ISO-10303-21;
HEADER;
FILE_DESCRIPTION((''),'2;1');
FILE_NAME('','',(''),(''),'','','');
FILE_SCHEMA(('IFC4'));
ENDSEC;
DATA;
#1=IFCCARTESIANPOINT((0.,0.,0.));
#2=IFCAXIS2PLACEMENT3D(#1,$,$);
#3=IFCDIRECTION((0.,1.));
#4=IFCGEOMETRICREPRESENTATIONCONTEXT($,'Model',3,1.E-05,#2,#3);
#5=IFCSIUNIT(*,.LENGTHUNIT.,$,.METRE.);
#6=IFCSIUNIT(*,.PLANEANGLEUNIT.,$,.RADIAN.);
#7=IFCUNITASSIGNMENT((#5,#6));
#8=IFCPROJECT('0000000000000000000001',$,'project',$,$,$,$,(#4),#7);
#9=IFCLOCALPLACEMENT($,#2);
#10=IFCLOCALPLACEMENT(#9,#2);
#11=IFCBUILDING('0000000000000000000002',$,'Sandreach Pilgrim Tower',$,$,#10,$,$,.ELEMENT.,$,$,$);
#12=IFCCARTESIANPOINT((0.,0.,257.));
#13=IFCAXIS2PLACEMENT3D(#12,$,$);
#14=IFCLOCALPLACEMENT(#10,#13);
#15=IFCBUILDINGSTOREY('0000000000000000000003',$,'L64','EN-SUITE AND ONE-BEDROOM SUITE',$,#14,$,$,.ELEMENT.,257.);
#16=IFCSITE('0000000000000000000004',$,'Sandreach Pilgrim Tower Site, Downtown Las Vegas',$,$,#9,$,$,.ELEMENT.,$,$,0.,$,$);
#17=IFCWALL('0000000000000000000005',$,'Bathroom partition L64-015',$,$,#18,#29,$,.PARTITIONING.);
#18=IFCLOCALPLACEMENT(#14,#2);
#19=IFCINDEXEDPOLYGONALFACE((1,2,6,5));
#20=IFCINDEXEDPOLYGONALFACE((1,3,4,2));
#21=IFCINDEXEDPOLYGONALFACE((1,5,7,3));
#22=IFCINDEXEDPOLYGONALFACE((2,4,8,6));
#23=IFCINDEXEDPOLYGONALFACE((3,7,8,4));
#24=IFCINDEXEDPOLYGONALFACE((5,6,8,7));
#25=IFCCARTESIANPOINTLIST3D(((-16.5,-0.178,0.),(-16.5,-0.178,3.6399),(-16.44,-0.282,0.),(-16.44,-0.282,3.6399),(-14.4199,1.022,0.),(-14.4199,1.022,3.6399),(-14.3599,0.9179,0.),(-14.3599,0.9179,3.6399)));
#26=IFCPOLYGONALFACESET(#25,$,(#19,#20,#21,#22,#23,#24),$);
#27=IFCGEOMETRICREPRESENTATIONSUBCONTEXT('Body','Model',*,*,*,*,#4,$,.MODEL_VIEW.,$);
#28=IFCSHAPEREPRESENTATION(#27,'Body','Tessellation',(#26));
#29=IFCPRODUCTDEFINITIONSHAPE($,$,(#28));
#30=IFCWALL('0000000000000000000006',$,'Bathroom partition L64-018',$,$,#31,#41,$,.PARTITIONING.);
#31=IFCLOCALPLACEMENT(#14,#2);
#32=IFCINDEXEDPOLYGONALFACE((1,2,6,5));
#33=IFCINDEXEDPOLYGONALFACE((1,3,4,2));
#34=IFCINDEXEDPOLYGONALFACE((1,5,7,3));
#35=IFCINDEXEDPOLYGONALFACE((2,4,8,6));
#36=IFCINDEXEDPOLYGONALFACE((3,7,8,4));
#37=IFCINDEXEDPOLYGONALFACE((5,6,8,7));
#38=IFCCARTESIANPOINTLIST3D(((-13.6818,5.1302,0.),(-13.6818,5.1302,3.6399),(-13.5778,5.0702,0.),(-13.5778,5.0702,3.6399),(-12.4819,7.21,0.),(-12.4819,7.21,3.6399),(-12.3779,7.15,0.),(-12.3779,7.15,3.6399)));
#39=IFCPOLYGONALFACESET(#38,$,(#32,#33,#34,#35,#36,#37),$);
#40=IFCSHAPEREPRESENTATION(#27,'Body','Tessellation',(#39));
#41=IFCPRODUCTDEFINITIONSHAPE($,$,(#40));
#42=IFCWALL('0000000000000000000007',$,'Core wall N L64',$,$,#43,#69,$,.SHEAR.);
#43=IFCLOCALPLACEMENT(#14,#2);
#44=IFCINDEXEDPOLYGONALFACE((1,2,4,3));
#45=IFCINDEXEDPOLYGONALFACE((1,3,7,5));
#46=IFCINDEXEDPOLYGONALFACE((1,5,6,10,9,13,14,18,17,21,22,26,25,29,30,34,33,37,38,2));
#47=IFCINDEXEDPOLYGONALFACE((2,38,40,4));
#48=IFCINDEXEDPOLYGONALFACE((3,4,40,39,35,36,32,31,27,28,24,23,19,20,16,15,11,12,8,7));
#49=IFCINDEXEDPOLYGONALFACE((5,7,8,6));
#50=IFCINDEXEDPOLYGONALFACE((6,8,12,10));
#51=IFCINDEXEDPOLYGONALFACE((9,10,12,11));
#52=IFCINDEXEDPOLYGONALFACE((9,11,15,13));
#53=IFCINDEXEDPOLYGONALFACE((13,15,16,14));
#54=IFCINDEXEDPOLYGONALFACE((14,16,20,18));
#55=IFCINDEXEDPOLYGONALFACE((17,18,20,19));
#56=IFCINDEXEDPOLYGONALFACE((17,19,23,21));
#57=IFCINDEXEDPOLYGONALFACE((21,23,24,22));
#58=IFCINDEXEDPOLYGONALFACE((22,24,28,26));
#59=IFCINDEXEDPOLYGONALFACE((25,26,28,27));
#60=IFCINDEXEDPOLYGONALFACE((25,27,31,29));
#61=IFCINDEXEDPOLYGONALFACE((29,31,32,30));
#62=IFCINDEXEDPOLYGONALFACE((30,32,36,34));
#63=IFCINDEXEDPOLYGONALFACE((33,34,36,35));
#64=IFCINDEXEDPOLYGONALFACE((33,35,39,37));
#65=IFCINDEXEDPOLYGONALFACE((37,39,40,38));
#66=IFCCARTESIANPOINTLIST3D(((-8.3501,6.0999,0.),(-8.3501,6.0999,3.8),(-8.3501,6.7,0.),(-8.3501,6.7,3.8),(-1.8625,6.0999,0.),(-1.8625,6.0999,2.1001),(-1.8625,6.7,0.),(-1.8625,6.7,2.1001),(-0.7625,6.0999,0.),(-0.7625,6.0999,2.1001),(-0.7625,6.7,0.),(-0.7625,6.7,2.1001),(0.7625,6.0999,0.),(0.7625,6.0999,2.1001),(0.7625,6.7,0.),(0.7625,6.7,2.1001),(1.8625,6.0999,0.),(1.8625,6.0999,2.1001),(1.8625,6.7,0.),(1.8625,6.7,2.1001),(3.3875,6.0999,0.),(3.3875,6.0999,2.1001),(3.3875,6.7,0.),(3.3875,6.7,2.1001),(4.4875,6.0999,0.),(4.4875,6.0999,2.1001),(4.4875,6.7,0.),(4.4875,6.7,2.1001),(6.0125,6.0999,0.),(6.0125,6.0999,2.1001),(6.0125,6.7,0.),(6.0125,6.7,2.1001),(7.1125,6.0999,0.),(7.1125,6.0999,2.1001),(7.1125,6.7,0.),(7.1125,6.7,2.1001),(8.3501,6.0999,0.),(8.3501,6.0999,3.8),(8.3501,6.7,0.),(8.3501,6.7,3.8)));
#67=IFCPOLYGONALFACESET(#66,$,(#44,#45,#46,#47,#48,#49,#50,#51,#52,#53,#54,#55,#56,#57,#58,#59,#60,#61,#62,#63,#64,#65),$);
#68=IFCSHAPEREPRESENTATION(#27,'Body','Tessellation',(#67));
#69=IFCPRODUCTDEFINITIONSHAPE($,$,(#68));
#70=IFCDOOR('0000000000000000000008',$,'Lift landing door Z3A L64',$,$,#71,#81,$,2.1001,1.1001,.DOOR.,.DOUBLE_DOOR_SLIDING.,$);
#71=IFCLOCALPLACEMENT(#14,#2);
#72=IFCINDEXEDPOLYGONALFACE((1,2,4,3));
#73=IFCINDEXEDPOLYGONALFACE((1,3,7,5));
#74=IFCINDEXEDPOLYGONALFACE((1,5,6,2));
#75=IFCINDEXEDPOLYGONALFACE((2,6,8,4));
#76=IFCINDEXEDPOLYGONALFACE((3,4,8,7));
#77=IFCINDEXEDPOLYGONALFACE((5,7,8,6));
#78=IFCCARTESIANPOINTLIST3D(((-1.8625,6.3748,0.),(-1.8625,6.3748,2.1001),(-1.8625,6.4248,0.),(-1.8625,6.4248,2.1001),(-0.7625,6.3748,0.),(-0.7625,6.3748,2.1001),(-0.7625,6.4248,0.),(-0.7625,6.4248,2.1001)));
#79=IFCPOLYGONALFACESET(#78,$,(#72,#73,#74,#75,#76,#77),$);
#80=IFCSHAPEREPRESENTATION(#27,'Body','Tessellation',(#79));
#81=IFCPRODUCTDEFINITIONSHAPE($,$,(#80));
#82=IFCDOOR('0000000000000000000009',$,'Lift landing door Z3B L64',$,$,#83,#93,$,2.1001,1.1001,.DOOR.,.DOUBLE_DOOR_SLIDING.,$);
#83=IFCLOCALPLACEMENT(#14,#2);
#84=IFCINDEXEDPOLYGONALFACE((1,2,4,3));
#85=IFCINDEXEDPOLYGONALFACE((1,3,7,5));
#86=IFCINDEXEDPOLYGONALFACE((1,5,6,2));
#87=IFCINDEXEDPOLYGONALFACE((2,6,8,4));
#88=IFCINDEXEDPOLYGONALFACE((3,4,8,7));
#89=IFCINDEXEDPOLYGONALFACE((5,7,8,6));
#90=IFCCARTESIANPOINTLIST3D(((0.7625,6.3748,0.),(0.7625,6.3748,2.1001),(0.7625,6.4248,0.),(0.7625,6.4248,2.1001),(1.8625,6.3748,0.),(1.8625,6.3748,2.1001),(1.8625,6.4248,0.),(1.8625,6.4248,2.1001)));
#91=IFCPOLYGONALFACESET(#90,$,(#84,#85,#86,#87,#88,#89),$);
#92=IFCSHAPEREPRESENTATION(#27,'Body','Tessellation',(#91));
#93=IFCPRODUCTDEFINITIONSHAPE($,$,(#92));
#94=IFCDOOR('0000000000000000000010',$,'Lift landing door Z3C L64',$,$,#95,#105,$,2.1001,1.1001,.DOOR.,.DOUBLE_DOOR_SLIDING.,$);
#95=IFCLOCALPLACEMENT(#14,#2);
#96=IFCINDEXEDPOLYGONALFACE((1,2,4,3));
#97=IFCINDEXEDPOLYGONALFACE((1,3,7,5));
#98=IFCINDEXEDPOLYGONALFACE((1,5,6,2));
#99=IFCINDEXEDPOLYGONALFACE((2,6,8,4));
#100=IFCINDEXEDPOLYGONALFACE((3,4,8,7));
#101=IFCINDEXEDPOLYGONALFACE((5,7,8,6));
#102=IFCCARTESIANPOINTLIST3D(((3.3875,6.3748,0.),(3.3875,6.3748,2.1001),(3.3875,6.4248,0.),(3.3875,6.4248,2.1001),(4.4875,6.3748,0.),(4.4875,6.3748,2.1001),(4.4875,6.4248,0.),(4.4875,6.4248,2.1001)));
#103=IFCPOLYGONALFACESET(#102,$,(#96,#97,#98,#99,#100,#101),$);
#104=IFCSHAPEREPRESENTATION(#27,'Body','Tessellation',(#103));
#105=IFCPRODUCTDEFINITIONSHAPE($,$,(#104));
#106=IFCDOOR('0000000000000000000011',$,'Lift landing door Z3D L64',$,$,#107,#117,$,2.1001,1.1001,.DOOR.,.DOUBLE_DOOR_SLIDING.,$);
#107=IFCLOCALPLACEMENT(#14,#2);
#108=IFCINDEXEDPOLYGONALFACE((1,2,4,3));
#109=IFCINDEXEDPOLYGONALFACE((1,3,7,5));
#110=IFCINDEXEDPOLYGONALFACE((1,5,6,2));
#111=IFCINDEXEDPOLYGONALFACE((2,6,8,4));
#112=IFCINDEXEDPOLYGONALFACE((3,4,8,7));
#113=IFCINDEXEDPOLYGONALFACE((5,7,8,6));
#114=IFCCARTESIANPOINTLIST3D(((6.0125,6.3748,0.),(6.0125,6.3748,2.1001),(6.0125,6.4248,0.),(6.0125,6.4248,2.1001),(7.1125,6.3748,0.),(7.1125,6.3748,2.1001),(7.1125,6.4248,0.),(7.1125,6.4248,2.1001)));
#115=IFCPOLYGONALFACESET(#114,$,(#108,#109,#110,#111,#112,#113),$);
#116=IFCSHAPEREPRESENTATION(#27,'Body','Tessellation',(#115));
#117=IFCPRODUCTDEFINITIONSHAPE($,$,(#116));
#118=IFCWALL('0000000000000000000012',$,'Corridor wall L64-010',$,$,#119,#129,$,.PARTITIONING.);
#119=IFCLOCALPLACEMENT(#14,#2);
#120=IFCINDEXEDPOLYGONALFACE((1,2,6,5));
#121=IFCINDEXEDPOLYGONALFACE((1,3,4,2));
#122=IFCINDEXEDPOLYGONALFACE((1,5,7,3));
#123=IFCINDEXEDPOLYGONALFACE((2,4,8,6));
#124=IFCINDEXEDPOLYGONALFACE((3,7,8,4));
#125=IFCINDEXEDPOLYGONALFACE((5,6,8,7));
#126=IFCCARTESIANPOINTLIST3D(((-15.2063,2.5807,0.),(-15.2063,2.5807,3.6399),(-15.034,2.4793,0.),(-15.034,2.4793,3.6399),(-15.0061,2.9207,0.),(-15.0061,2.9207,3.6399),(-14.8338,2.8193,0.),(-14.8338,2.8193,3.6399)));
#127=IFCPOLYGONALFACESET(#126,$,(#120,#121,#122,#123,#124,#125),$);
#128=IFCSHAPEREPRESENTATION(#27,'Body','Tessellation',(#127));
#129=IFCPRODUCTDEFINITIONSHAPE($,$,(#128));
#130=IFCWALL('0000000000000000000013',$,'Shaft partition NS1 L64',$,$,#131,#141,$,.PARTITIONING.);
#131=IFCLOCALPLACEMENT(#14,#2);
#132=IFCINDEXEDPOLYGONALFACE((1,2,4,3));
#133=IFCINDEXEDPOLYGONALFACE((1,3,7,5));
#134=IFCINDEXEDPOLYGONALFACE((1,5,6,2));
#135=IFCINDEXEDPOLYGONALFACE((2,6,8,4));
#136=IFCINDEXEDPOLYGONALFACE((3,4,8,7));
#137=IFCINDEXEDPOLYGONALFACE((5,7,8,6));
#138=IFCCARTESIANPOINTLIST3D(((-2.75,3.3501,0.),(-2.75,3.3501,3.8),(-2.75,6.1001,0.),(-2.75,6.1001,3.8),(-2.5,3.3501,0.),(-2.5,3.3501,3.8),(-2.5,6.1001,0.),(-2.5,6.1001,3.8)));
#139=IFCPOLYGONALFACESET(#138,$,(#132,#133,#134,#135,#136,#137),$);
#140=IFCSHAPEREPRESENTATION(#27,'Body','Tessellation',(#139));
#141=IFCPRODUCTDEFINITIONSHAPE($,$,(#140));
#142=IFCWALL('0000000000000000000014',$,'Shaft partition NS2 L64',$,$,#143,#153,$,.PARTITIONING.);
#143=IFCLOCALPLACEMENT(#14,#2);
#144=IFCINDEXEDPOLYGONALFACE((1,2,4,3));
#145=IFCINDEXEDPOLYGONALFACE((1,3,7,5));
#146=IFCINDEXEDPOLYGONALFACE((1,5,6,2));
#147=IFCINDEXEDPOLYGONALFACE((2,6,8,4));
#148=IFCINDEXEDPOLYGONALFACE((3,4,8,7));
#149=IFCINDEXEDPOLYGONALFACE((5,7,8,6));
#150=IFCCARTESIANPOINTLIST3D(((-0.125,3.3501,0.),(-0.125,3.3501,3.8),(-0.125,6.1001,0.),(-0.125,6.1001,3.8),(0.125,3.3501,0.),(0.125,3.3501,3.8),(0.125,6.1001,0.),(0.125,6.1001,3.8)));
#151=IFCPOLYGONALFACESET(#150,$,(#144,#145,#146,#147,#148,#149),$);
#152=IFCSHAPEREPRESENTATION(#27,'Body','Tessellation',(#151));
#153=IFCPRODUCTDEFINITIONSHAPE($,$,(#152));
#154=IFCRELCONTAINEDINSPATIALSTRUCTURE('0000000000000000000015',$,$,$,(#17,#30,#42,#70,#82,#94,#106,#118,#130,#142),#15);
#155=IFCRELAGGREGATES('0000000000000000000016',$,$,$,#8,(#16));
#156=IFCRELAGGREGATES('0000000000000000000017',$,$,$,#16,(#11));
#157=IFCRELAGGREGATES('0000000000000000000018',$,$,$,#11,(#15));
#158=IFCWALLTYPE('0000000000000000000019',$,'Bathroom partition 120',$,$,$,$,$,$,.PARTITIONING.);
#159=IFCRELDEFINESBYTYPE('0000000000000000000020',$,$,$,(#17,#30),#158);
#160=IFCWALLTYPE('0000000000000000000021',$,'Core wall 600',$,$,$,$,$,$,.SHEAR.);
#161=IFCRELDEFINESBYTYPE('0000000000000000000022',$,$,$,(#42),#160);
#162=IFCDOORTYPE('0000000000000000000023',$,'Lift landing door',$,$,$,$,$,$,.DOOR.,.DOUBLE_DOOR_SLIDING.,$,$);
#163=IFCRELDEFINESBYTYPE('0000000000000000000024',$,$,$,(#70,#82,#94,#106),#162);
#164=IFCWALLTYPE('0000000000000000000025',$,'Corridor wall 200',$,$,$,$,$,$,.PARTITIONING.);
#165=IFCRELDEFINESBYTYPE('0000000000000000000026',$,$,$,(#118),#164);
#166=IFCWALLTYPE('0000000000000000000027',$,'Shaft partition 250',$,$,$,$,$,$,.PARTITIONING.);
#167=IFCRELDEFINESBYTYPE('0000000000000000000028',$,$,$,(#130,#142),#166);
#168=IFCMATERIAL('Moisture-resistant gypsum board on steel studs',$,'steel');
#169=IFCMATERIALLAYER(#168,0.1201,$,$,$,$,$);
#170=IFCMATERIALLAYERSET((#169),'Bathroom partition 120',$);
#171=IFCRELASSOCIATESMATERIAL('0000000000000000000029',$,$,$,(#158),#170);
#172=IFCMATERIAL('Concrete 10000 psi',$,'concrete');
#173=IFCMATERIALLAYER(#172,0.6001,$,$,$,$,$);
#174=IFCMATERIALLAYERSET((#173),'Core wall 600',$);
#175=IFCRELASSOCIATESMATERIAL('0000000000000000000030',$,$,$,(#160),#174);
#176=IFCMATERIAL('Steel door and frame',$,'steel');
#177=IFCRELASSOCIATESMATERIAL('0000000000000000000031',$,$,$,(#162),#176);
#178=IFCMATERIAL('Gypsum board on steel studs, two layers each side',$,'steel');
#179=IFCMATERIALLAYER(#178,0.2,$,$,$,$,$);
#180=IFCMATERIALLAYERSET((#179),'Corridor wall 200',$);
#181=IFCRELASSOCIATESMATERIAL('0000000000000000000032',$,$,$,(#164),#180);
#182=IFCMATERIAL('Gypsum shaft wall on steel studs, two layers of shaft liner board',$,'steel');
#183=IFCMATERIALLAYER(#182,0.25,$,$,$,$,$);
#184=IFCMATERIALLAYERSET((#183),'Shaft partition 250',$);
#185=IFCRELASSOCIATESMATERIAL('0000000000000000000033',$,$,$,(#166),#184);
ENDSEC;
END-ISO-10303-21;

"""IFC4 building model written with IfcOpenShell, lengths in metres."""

from ifc_helpers import new_model, si_unit, direction, frame, frame_2d, origin, place, context, subcontext, project, spatial, rectangle, extrude, material, layer, layer_set, type_object, element, fill, save


model = new_model("IFC4")

# Units and contexts
model_context = context("Model", 3, precision=1e-05, world=origin(), true_north=direction((0.0, 1.0)))
body_context = subcontext(model_context, "Body", "Model", "MODEL_VIEW")
ifc_project = project(units=[si_unit("LENGTHUNIT", "METRE"), si_unit("PLANEANGLEUNIT", "RADIAN")], contexts=[model_context])

# Site, building, storey
site_placement = place(None, origin())
site = spatial("IfcSite", under=ifc_project, at=site_placement, Name="Sandreach Pilgrim Tower Site, Downtown Las Vegas", CompositionType="ELEMENT", RefElevation=0.0)
building_placement = place(site_placement, origin())
building = spatial("IfcBuilding", under=site, at=building_placement, Name="Sandreach Pilgrim Tower", CompositionType="ELEMENT")
storey_placement = place(building_placement, frame((0.0, 0.0, 257.0)))
storey = spatial("IfcBuildingStorey", under=building, at=storey_placement, Name="L64", Description="EN-SUITE AND ONE-BEDROOM SUITE", CompositionType="ELEMENT", Elevation=257.0)

# Walls
ifc_material_1 = material(Name="Moisture-resistant gypsum board on steel studs", Category="steel")
ifc_layer_1 = layer(ifc_material_1, 0.1201)
ifc_layer_set_1 = layer_set([ifc_layer_1], Name="Bathroom partition 120")
wall_type_1 = type_object("IfcWallType", Name="Bathroom partition 120", PredefinedType="PARTITIONING", material=ifc_layer_set_1)
wall_1_placement = place(storey_placement, frame((-14.3899, 0.97, 0.0), z_axis=(0.0, 0.0, 1.0), x_axis=(-0.866203, -0.499693, 0.0)))
element("IfcWall", 1, at=wall_1_placement, inside=storey, type_object=wall_type_1, Name="Bathroom partition L64-015", PredefinedType="PARTITIONING", context=body_context, shape_type="SweptSolid", body=[
    extrude(rectangle(XDim=2.4014, YDim=0.1201, at=frame_2d((1.2007, 0.0))), origin(), (0.0, 0.0, 1.0), 3.6399),
])
wall_2_placement = place(storey_placement, frame((-13.6299, 5.1001, 0.0), z_axis=(0.0, 0.0, 1.0), x_axis=(0.499737, 0.866177, 0.0)))
element("IfcWall", 2, at=wall_2_placement, inside=storey, type_object=wall_type_1, Name="Bathroom partition L64-018", PredefinedType="PARTITIONING", context=body_context, shape_type="SweptSolid", body=[
    extrude(rectangle(XDim=2.4011, YDim=0.1201, at=frame_2d((1.2007, 0.0))), origin(), (0.0, 0.0, 1.0), 3.6399),
])

# Wall, openings, doors
ifc_material_2 = material(Name="Concrete 10000 psi", Category="concrete")
ifc_layer_2 = layer(ifc_material_2, 0.6001)
ifc_layer_set_2 = layer_set([ifc_layer_2], Name="Core wall 600")
wall_type_2 = type_object("IfcWallType", Name="Core wall 600", PredefinedType="SHEAR", material=ifc_layer_set_2)
wall_3_placement = place(storey_placement, frame((-8.3501, 6.3999, 0.0), z_axis=(0.0, 0.0, 1.0), x_axis=(1.0, 0.0, 0.0)))
wall_3 = element("IfcWall", 3, at=wall_3_placement, inside=storey, type_object=wall_type_2, Name="Core wall N L64", PredefinedType="SHEAR", context=body_context, shape_type="SweptSolid", body=[
    extrude(rectangle(XDim=16.7002, YDim=0.6001, at=frame_2d((8.3501, 0.0))), origin(), (0.0, 0.0, 1.0), 3.8),
])
opening_1_placement = place(wall_3_placement, frame((6.4875, 0.0, 0.0)))
opening_1 = element("IfcOpeningElement", 4, at=opening_1_placement, cuts=wall_3, PredefinedType="OPENING", context=body_context, shape_type="SweptSolid", body=[
    extrude(rectangle(XDim=1.1001, YDim=2.1001, at=frame_2d((0.55, 1.05))), frame((0.0, 0.3, 0.0), z_axis=(0.0, -1.0, 0.0), x_axis=(1.0, 0.0, 0.0)), (0.0, 0.0, 1.0), 0.6001),
])
opening_2_placement = place(wall_3_placement, frame((9.1125, 0.0, 0.0)))
opening_2 = element("IfcOpeningElement", 5, at=opening_2_placement, cuts=wall_3, PredefinedType="OPENING", context=body_context, shape_type="SweptSolid", body=[
    extrude(rectangle(XDim=1.1001, YDim=2.1001, at=frame_2d((0.55, 1.05))), frame((0.0, 0.3, 0.0), z_axis=(0.0, -1.0, 0.0), x_axis=(1.0, 0.0, 0.0)), (0.0, 0.0, 1.0), 0.6001),
])
opening_3_placement = place(wall_3_placement, frame((11.7375, 0.0, 0.0)))
opening_3 = element("IfcOpeningElement", 6, at=opening_3_placement, cuts=wall_3, PredefinedType="OPENING", context=body_context, shape_type="SweptSolid", body=[
    extrude(rectangle(XDim=1.1001, YDim=2.1001, at=frame_2d((0.55, 1.05))), frame((0.0, 0.3, 0.0), z_axis=(0.0, -1.0, 0.0), x_axis=(1.0, 0.0, 0.0)), (0.0, 0.0, 1.0), 0.6001),
])
opening_4_placement = place(wall_3_placement, frame((14.3625, 0.0, 0.0)))
opening_4 = element("IfcOpeningElement", 7, at=opening_4_placement, cuts=wall_3, PredefinedType="OPENING", context=body_context, shape_type="SweptSolid", body=[
    extrude(rectangle(XDim=1.1001, YDim=2.1001, at=frame_2d((0.55, 1.05))), frame((0.0, 0.3, 0.0), z_axis=(0.0, -1.0, 0.0), x_axis=(1.0, 0.0, 0.0)), (0.0, 0.0, 1.0), 0.6001),
])
ifc_material_3 = material(Name="Steel door and frame", Category="steel")
door_type_1 = type_object("IfcDoorType", Name="Lift landing door", OperationType="DOUBLE_DOOR_SLIDING", PredefinedType="DOOR", material=ifc_material_3)
door_1_placement = place(opening_1_placement, origin())
door_1 = element("IfcDoor", 8, at=door_1_placement, inside=storey, type_object=door_type_1, Name="Lift landing door Z3A L64", OperationType="DOUBLE_DOOR_SLIDING", OverallHeight=2.1001, OverallWidth=1.1001, PredefinedType="DOOR", context=body_context, shape_type="SweptSolid", body=[
    extrude(rectangle(XDim=1.1001, YDim=2.1001, at=frame_2d((0.55, 1.05))), frame((0.0, 0.0249, 0.0), z_axis=(0.0, -1.0, 0.0), x_axis=(1.0, 0.0, 0.0)), (0.0, 0.0, 1.0), 0.05),
])
fill(opening_1, door_1)
door_2_placement = place(opening_2_placement, origin())
door_2 = element("IfcDoor", 9, at=door_2_placement, inside=storey, type_object=door_type_1, Name="Lift landing door Z3B L64", OperationType="DOUBLE_DOOR_SLIDING", OverallHeight=2.1001, OverallWidth=1.1001, PredefinedType="DOOR", context=body_context, shape_type="SweptSolid", body=[
    extrude(rectangle(XDim=1.1001, YDim=2.1001, at=frame_2d((0.55, 1.05))), frame((0.0, 0.0249, 0.0), z_axis=(0.0, -1.0, 0.0), x_axis=(1.0, 0.0, 0.0)), (0.0, 0.0, 1.0), 0.05),
])
fill(opening_2, door_2)
door_3_placement = place(opening_3_placement, origin())
door_3 = element("IfcDoor", 10, at=door_3_placement, inside=storey, type_object=door_type_1, Name="Lift landing door Z3C L64", OperationType="DOUBLE_DOOR_SLIDING", OverallHeight=2.1001, OverallWidth=1.1001, PredefinedType="DOOR", context=body_context, shape_type="SweptSolid", body=[
    extrude(rectangle(XDim=1.1001, YDim=2.1001, at=frame_2d((0.55, 1.05))), frame((0.0, 0.0249, 0.0), z_axis=(0.0, -1.0, 0.0), x_axis=(1.0, 0.0, 0.0)), (0.0, 0.0, 1.0), 0.05),
])
fill(opening_3, door_3)
door_4_placement = place(opening_4_placement, origin())
door_4 = element("IfcDoor", 11, at=door_4_placement, inside=storey, type_object=door_type_1, Name="Lift landing door Z3D L64", OperationType="DOUBLE_DOOR_SLIDING", OverallHeight=2.1001, OverallWidth=1.1001, PredefinedType="DOOR", context=body_context, shape_type="SweptSolid", body=[
    extrude(rectangle(XDim=1.1001, YDim=2.1001, at=frame_2d((0.55, 1.05))), frame((0.0, 0.0249, 0.0), z_axis=(0.0, -1.0, 0.0), x_axis=(1.0, 0.0, 0.0)), (0.0, 0.0, 1.0), 0.05),
])
fill(opening_4, door_4)

# Wall
ifc_material_4 = material(Name="Gypsum board on steel studs, two layers each side", Category="steel")
ifc_layer_3 = layer(ifc_material_4, 0.2)
ifc_layer_set_3 = layer_set([ifc_layer_3], Name="Corridor wall 200")
wall_type_3 = type_object("IfcWallType", Name="Corridor wall 200", PredefinedType="PARTITIONING", material=ifc_layer_set_3)
wall_4_placement = place(storey_placement, frame((-15.1201, 2.53, 0.0), z_axis=(0.0, 0.0, 1.0), x_axis=(0.50729, 0.861775, 0.0)))
element("IfcWall", 12, at=wall_4_placement, inside=storey, type_object=wall_type_3, Name="Corridor wall L64-010", PredefinedType="PARTITIONING", context=body_context, shape_type="SweptSolid", body=[
    extrude(rectangle(XDim=0.3945, YDim=0.2, at=frame_2d((0.1973, 0.0))), origin(), (0.0, 0.0, 1.0), 3.6399),
])

# Walls
ifc_material_5 = material(Name="Gypsum shaft wall on steel studs, two layers of shaft liner board", Category="steel")
ifc_layer_4 = layer(ifc_material_5, 0.25)
ifc_layer_set_4 = layer_set([ifc_layer_4], Name="Shaft partition 250")
wall_type_4 = type_object("IfcWallType", Name="Shaft partition 250", PredefinedType="PARTITIONING", material=ifc_layer_set_4)
for number, where, z_axis, x_axis, name in (
    (13, (-2.625, 3.3501, 0.0), (0.0, 0.0, 1.0), (0.0, 1.0, 0.0), "Shaft partition NS1 L64"),
    (14, (0.0, 3.3501, 0.0), (0.0, 0.0, 1.0), (0.0, 1.0, 0.0), "Shaft partition NS2 L64"),
):
    element("IfcWall", number, at=place(storey_placement, frame(where, z_axis=z_axis, x_axis=x_axis)), inside=storey, type_object=wall_type_4, Name=name, PredefinedType="PARTITIONING", context=body_context, shape_type="SweptSolid", body=[
        extrude(rectangle(XDim=2.75, YDim=0.25, at=frame_2d((1.375, 0.0))), origin(), (0.0, 0.0, 1.0), 3.8),
    ])

save(model, "model.ifc")
